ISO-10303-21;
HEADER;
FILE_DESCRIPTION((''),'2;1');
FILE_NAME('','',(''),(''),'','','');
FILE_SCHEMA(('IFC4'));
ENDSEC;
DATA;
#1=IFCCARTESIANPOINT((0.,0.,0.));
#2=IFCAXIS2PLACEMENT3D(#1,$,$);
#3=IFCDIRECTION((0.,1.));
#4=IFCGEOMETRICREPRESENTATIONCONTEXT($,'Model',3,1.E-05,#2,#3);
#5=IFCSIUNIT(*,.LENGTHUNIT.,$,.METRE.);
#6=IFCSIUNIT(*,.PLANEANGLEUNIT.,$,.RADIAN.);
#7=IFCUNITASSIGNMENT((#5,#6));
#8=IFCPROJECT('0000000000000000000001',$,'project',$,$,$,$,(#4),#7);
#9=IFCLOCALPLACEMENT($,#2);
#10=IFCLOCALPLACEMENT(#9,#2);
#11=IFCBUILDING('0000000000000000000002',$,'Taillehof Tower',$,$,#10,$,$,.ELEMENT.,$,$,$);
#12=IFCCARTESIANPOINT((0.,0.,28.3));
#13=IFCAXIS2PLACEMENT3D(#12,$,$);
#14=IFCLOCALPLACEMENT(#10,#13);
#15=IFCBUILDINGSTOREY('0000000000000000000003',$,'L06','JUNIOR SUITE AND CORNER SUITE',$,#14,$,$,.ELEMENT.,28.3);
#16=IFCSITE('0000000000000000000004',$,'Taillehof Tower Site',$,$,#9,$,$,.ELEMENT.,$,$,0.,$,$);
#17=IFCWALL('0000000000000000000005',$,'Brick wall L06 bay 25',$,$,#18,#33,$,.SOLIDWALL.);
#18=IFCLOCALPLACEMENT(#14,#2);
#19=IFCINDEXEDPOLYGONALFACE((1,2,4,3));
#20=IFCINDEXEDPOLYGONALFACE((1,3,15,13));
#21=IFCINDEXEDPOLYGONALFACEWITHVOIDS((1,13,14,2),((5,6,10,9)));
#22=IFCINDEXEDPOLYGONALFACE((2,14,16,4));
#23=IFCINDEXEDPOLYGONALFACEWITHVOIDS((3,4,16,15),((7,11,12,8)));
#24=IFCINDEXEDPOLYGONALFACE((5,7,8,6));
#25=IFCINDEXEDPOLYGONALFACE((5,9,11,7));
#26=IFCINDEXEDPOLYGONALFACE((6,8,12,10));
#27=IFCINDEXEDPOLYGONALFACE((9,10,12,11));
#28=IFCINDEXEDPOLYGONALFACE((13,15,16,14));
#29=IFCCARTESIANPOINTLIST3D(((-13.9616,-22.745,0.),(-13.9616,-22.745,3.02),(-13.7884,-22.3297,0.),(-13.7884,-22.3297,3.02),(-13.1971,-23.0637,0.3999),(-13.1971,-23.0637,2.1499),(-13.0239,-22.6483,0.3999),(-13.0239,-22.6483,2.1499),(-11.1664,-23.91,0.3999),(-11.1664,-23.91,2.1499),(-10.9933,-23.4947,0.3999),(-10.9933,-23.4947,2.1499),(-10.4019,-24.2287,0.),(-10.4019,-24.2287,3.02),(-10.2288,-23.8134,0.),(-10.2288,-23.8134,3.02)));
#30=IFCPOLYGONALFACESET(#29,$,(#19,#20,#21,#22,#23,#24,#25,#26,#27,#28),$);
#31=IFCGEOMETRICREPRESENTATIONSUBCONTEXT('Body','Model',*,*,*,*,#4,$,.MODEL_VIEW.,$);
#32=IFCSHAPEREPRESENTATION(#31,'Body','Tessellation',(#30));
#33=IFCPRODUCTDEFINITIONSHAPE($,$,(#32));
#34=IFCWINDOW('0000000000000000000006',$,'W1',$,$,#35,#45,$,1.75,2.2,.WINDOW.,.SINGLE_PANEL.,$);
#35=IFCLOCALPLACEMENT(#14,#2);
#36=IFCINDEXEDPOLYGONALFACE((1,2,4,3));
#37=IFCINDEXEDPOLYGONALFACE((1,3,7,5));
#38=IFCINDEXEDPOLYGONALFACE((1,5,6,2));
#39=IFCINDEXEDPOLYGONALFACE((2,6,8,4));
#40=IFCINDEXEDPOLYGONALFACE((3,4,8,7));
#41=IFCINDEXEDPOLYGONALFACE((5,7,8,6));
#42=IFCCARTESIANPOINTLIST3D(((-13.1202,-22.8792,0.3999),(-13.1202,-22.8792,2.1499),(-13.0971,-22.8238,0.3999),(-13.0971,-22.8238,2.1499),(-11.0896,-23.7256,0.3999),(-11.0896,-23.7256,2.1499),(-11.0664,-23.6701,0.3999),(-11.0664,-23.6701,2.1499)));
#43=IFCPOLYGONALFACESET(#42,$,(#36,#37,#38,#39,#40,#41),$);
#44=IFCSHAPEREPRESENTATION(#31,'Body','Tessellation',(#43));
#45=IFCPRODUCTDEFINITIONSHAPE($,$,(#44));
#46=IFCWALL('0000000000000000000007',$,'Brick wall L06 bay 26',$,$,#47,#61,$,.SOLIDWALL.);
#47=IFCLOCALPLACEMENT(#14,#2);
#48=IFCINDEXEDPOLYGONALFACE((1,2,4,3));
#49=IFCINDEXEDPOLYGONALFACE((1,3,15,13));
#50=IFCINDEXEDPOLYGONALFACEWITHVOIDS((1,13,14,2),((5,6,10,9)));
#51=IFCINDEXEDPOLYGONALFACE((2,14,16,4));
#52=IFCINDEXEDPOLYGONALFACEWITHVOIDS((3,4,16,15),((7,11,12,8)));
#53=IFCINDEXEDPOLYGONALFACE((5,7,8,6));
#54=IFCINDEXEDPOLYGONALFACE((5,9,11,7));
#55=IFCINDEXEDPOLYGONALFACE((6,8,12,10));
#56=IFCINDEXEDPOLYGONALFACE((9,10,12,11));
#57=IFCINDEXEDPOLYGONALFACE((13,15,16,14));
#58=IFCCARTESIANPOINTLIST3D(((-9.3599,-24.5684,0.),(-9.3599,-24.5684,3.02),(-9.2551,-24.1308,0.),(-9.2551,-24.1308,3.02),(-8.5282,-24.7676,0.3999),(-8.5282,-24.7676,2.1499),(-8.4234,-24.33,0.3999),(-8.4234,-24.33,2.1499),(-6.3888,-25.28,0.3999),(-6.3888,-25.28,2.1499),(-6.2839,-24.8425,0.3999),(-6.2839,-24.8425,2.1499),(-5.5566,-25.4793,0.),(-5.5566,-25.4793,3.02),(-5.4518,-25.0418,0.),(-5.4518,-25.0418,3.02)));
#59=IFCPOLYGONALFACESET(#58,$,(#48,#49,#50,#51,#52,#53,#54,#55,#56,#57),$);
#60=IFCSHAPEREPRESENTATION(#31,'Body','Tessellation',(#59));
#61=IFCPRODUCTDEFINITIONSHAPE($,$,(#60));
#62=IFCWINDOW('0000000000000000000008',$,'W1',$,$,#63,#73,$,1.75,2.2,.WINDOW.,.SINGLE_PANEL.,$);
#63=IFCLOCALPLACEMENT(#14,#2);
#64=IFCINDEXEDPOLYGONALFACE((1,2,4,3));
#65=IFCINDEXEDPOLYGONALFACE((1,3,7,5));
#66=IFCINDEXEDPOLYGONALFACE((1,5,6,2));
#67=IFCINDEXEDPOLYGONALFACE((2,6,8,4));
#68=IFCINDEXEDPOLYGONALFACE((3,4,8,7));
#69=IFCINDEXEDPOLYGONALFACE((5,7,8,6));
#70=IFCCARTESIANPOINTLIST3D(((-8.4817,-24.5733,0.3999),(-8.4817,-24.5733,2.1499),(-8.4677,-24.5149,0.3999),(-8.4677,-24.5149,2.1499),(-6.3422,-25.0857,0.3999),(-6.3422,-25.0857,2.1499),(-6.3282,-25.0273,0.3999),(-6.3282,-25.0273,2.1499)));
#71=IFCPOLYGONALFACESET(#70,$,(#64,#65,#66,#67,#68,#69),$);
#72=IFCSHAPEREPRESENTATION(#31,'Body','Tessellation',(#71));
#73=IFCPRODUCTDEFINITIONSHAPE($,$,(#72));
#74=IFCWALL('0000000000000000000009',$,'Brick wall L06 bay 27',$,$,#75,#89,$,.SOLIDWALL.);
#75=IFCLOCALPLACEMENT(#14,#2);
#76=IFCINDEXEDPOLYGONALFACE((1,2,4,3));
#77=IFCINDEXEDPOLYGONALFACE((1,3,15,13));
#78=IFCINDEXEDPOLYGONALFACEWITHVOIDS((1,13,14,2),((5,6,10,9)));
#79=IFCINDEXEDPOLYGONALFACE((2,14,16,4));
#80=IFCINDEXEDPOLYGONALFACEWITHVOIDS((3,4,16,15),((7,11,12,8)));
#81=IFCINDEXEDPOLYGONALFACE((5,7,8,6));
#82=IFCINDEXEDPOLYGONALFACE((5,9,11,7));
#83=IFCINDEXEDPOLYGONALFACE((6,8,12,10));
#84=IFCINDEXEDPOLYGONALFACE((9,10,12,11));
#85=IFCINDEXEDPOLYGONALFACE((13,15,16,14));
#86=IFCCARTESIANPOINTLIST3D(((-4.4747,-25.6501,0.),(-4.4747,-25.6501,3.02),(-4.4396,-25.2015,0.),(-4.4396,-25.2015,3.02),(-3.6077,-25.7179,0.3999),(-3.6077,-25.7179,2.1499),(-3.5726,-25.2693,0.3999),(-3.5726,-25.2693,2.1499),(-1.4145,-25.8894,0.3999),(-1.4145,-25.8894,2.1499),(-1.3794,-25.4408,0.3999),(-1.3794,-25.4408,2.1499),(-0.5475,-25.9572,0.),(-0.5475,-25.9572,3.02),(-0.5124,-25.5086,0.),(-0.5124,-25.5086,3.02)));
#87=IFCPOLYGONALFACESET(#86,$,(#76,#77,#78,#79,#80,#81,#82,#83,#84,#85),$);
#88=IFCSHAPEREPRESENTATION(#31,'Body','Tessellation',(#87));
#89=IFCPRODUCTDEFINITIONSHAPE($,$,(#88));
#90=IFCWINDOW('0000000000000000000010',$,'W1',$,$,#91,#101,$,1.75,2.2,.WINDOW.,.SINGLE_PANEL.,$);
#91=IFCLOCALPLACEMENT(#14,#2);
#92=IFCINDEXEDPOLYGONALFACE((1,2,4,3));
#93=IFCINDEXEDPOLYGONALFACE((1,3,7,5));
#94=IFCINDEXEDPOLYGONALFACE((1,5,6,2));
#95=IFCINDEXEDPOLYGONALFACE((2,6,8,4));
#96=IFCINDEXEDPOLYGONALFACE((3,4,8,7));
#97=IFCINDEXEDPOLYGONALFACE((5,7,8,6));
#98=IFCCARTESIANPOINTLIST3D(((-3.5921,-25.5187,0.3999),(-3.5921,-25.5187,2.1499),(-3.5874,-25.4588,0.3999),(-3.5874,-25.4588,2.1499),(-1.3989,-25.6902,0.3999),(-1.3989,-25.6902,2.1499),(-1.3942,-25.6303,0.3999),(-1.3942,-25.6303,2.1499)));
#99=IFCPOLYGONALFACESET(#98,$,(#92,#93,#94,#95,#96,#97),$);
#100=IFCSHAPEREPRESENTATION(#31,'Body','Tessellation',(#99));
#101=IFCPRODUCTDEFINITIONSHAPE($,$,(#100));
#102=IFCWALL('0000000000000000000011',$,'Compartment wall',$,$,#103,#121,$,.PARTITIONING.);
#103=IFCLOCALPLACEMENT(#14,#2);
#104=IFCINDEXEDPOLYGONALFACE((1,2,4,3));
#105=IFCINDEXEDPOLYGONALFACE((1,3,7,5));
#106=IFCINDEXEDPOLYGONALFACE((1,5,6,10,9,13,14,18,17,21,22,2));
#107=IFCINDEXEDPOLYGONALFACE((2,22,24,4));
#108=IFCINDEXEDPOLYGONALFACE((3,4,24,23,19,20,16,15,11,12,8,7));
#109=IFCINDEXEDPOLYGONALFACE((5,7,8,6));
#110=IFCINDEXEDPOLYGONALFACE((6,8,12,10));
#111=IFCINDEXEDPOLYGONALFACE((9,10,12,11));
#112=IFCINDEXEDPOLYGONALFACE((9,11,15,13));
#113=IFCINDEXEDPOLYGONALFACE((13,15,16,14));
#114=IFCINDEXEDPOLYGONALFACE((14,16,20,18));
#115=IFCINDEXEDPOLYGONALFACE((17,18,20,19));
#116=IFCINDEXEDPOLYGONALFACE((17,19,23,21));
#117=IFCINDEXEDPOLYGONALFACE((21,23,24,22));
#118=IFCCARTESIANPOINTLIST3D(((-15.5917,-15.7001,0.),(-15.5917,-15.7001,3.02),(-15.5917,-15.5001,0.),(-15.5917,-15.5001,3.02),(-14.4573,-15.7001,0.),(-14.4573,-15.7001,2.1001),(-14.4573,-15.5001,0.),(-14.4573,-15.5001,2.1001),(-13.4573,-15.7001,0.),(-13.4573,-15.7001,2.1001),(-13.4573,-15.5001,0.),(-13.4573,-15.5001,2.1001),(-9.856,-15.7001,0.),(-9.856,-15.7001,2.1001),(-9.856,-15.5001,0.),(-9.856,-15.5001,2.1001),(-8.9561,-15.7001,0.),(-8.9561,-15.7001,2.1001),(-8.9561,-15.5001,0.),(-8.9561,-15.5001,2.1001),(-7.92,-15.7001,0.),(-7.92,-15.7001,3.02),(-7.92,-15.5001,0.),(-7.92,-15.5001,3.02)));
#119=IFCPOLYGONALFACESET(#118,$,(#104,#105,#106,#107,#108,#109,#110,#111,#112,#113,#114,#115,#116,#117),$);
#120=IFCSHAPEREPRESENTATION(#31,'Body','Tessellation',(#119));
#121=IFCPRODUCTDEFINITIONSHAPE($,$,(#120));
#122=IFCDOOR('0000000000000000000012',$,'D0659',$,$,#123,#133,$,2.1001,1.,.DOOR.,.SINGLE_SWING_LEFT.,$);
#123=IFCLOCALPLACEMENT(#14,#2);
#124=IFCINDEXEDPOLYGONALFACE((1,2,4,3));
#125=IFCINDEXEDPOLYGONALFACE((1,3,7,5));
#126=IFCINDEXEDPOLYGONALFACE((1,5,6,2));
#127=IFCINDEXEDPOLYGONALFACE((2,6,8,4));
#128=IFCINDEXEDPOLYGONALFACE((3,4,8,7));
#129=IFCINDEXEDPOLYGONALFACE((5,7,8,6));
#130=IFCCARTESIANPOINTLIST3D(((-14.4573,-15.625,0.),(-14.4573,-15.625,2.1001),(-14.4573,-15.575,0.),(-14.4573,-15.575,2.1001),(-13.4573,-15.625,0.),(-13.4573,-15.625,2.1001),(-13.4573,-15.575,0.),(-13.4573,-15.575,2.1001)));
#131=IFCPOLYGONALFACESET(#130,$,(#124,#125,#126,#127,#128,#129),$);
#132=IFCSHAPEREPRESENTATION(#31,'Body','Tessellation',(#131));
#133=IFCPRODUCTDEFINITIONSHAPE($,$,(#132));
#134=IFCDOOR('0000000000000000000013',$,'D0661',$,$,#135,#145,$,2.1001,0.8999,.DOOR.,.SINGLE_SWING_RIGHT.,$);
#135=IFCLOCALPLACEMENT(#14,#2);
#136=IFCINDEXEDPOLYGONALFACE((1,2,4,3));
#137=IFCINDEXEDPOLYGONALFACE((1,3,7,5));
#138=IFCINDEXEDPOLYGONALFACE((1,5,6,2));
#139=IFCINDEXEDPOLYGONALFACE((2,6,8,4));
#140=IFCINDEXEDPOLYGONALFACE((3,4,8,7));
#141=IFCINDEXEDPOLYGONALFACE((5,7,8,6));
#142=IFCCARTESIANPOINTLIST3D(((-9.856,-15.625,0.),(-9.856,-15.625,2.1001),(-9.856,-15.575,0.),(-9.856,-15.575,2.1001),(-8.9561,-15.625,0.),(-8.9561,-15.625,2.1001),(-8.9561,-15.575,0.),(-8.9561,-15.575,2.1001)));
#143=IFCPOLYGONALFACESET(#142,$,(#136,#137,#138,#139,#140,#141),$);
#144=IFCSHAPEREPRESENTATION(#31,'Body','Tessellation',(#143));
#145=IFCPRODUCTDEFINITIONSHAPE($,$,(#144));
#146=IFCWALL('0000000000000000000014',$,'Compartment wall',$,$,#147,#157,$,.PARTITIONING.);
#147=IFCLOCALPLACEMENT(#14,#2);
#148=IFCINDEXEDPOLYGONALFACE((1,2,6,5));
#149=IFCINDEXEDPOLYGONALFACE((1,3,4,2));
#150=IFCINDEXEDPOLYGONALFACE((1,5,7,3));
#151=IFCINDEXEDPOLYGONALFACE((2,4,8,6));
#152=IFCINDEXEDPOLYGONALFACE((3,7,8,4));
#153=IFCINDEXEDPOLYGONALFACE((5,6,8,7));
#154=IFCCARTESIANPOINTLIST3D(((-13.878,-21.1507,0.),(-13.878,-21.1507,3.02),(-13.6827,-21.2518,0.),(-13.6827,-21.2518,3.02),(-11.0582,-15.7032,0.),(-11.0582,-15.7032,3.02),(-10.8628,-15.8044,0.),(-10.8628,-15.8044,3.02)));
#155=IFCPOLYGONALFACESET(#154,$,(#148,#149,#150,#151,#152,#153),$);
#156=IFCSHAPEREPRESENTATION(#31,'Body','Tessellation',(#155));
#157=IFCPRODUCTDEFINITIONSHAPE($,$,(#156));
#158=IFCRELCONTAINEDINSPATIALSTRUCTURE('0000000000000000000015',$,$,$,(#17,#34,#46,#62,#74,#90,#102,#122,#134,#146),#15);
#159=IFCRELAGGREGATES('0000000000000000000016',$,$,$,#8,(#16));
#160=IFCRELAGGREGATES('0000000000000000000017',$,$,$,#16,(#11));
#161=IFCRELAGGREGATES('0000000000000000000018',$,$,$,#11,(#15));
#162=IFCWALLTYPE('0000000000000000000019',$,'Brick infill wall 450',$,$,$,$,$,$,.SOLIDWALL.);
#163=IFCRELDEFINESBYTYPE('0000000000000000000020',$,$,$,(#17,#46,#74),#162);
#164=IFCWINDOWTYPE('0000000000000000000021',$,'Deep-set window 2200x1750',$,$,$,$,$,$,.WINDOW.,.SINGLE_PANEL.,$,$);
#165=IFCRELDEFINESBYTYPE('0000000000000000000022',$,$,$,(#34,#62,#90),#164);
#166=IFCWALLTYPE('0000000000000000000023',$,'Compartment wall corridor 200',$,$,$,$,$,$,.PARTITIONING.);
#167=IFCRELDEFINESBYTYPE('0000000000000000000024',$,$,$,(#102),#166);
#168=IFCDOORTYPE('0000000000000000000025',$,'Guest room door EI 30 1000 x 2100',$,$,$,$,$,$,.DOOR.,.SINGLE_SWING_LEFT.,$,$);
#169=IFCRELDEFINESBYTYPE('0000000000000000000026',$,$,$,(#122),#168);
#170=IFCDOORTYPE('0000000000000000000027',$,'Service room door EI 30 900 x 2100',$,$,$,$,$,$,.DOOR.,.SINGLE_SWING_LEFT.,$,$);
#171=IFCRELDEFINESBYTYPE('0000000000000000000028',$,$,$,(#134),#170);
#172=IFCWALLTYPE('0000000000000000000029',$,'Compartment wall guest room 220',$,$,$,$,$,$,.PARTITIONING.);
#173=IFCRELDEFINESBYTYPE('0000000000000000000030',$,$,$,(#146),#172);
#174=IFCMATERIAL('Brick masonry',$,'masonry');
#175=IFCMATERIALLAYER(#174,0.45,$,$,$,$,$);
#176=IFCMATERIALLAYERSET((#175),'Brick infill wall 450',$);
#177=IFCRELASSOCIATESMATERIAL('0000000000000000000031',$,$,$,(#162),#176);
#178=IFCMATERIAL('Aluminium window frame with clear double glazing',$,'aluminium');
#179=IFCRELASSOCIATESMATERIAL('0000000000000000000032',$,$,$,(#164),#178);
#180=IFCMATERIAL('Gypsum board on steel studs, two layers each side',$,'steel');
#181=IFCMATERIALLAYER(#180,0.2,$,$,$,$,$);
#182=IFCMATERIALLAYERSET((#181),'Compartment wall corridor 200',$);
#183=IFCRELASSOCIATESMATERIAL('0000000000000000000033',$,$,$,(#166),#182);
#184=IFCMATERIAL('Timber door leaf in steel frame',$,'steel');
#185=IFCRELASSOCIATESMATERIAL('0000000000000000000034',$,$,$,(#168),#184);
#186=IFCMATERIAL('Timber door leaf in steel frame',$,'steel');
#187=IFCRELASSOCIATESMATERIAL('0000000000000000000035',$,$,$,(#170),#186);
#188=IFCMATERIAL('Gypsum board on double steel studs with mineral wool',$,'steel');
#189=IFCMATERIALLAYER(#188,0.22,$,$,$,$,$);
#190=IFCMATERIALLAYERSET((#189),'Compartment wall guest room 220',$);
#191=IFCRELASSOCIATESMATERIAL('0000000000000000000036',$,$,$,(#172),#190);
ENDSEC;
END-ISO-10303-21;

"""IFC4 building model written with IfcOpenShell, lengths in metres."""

from ifc_helpers import new_model, si_unit, direction, frame, frame_2d, origin, place, context, subcontext, project, spatial, rectangle, extrude, material, layer, layer_set, type_object, element, fill, save


model = new_model("IFC4")

# Units and contexts
model_context = context("Model", 3, precision=1e-05, world=origin(), true_north=direction((0.0, 1.0)))
body_context = subcontext(model_context, "Body", "Model", "MODEL_VIEW")
ifc_project = project(units=[si_unit("LENGTHUNIT", "METRE"), si_unit("PLANEANGLEUNIT", "RADIAN")], contexts=[model_context])

# Site, building, storey
site_placement = place(None, origin())
site = spatial("IfcSite", under=ifc_project, at=site_placement, Name="Taillehof Tower Site", CompositionType="ELEMENT", RefElevation=0.0)
building_placement = place(site_placement, origin())
building = spatial("IfcBuilding", under=site, at=building_placement, Name="Taillehof Tower", CompositionType="ELEMENT")
storey_placement = place(building_placement, frame((0.0, 0.0, 28.3)))
storey = spatial("IfcBuildingStorey", under=building, at=storey_placement, Name="L06", Description="JUNIOR SUITE AND CORNER SUITE", CompositionType="ELEMENT", Elevation=28.3)

# Walls, openings, windows
ifc_material_1 = material(Name="Brick masonry", Category="masonry")
ifc_layer_1 = layer(ifc_material_1, 0.45)
ifc_layer_set_1 = layer_set([ifc_layer_1], Name="Brick infill wall 450")
wall_type_1 = type_object("IfcWallType", Name="Brick infill wall 450", PredefinedType="SOLIDWALL", material=ifc_layer_set_1)
wall_1_placement = place(storey_placement, frame((-13.875, -22.5374, 0.0), z_axis=(0.0, 0.0, 1.0), x_axis=(0.923032, -0.384723, 0.0)))
wall_1 = element("IfcWall", 1, at=wall_1_placement, inside=storey, type_object=wall_type_1, Name="Brick wall L06 bay 25", PredefinedType="SOLIDWALL", context=body_context, shape_type="SweptSolid", body=[
    extrude(rectangle(XDim=3.8564, YDim=0.45, at=frame_2d((1.9282, 0.0))), origin(), (0.0, 0.0, 1.0), 3.02),
])
opening_1_placement = place(wall_1_placement, frame((0.8281, 0.0, 0.3999)))
opening_1 = element("IfcOpeningElement", 2, at=opening_1_placement, cuts=wall_1, PredefinedType="OPENING", context=body_context, shape_type="SweptSolid", body=[
    extrude(rectangle(XDim=2.2, YDim=1.75, at=frame_2d((1.1001, 0.875))), frame((0.0, 0.2349, 0.0), z_axis=(0.0, -1.0, 0.0), x_axis=(1.0, 0.0, 0.0)), (0.0, 0.0, 1.0), 0.47),
])
ifc_material_2 = material(Name="Aluminium window frame with clear double glazing", Category="aluminium")
window_type = type_object("IfcWindowType", Name="Deep-set window 2200x1750", PartitioningType="SINGLE_PANEL", PredefinedType="WINDOW", material=ifc_material_2)
window_1_placement = place(opening_1_placement, origin())
window_1 = element("IfcWindow", 3, at=window_1_placement, inside=storey, type_object=window_type, Name="W1", OverallHeight=1.75, OverallWidth=2.2, PartitioningType="SINGLE_PANEL", PredefinedType="WINDOW", context=body_context, shape_type="SweptSolid", body=[
    extrude(rectangle(XDim=2.2, YDim=1.75, at=frame_2d((1.1001, 0.875))), frame((0.0, 0.0349, 0.0), z_axis=(0.0, -1.0, 0.0), x_axis=(1.0, 0.0, 0.0)), (0.0, 0.0, 1.0), 0.0601),
])
fill(opening_1, window_1)
wall_2_placement = place(storey_placement, frame((-9.3076, -24.3496, 0.0), z_axis=(0.0, 0.0, 1.0), x_axis=(0.972497, -0.232917, 0.0)))
wall_2 = element("IfcWall", 4, at=wall_2_placement, inside=storey, type_object=wall_type_1, Name="Brick wall L06 bay 26", PredefinedType="SOLIDWALL", context=body_context, shape_type="SweptSolid", body=[
    extrude(rectangle(XDim=3.9109, YDim=0.45, at=frame_2d((1.9556, 0.0))), origin(), (0.0, 0.0, 1.0), 3.02),
])
opening_2_placement = place(wall_2_placement, frame((0.8552, 0.0, 0.3999)))
opening_2 = element("IfcOpeningElement", 5, at=opening_2_placement, cuts=wall_2, PredefinedType="OPENING", context=body_context, shape_type="SweptSolid", body=[
    extrude(rectangle(XDim=2.2, YDim=1.75, at=frame_2d((1.1001, 0.875))), frame((0.0, 0.2349, 0.0), z_axis=(0.0, -1.0, 0.0), x_axis=(1.0, 0.0, 0.0)), (0.0, 0.0, 1.0), 0.47),
])
window_2_placement = place(opening_2_placement, origin())
window_2 = element("IfcWindow", 6, at=window_2_placement, inside=storey, type_object=window_type, Name="W1", OverallHeight=1.75, OverallWidth=2.2, PartitioningType="SINGLE_PANEL", PredefinedType="WINDOW", context=body_context, shape_type="SweptSolid", body=[
    extrude(rectangle(XDim=2.2, YDim=1.75, at=frame_2d((1.1001, 0.875))), frame((0.0, 0.0349, 0.0), z_axis=(0.0, -1.0, 0.0), x_axis=(1.0, 0.0, 0.0)), (0.0, 0.0, 1.0), 0.0601),
])
fill(opening_2, window_2)
wall_3_placement = place(storey_placement, frame((-4.4573, -25.4258, 0.0), z_axis=(0.0, 0.0, 1.0), x_axis=(0.996956, -0.077967, 0.0)))
wall_3 = element("IfcWall", 7, at=wall_3_placement, inside=storey, type_object=wall_type_1, Name="Brick wall L06 bay 27", PredefinedType="SOLIDWALL", context=body_context, shape_type="SweptSolid", body=[
    extrude(rectangle(XDim=3.9392, YDim=0.45, at=frame_2d((1.9697, 0.0))), origin(), (0.0, 0.0, 1.0), 3.02),
])
opening_3_placement = place(wall_3_placement, frame((0.8696, 0.0, 0.3999)))
opening_3 = element("IfcOpeningElement", 8, at=opening_3_placement, cuts=wall_3, PredefinedType="OPENING", context=body_context, shape_type="SweptSolid", body=[
    extrude(rectangle(XDim=2.2, YDim=1.75, at=frame_2d((1.1001, 0.875))), frame((0.0, 0.2349, 0.0), z_axis=(0.0, -1.0, 0.0), x_axis=(1.0, 0.0, 0.0)), (0.0, 0.0, 1.0), 0.47),
])
window_3_placement = place(opening_3_placement, origin())
window_3 = element("IfcWindow", 9, at=window_3_placement, inside=storey, type_object=window_type, Name="W1", OverallHeight=1.75, OverallWidth=2.2, PartitioningType="SINGLE_PANEL", PredefinedType="WINDOW", context=body_context, shape_type="SweptSolid", body=[
    extrude(rectangle(XDim=2.2, YDim=1.75, at=frame_2d((1.1001, 0.875))), frame((0.0, 0.0349, 0.0), z_axis=(0.0, -1.0, 0.0), x_axis=(1.0, 0.0, 0.0)), (0.0, 0.0, 1.0), 0.0601),
])
fill(opening_3, window_3)

# Wall, openings, doors
ifc_material_3 = material(Name="Gypsum board on steel studs, two layers each side", Category="steel")
ifc_layer_2 = layer(ifc_material_3, 0.2)
ifc_layer_set_2 = layer_set([ifc_layer_2], Name="Compartment wall corridor 200")
wall_type_2 = type_object("IfcWallType", Name="Compartment wall corridor 200", PredefinedType="PARTITIONING", material=ifc_layer_set_2)
wall_4_placement = place(storey_placement, frame((-7.9199, -15.6001, 0.0), z_axis=(0.0, 0.0, 1.0), x_axis=(-1.0, 0.0, 0.0)))
wall_4 = element("IfcWall", 10, at=wall_4_placement, inside=storey, type_object=wall_type_2, Name="Compartment wall", PredefinedType="PARTITIONING", context=body_context, shape_type="SweptSolid", body=[
    extrude(rectangle(XDim=7.6716, YDim=0.2, at=frame_2d((3.8359, 0.0))), origin(), (0.0, 0.0, 1.0), 3.02),
])
opening_4_placement = place(wall_4_placement, frame((5.5374, 0.0, 0.0)))
opening_4 = element("IfcOpeningElement", 11, at=opening_4_placement, cuts=wall_4, PredefinedType="OPENING", context=body_context, shape_type="SweptSolid", body=[
    extrude(rectangle(XDim=1.0, YDim=2.1001, at=frame_2d((0.5, 1.05))), frame((0.0, 0.1099, 0.0), z_axis=(0.0, -1.0, 0.0), x_axis=(1.0, 0.0, 0.0)), (0.0, 0.0, 1.0), 0.22),
])
opening_5_placement = place(wall_4_placement, frame((1.0361, 0.0, 0.0)))
opening_5 = element("IfcOpeningElement", 12, at=opening_5_placement, cuts=wall_4, PredefinedType="OPENING", context=body_context, shape_type="SweptSolid", body=[
    extrude(rectangle(XDim=0.8999, YDim=2.1001, at=frame_2d((0.45, 1.05))), frame((0.0, 0.1099, 0.0), z_axis=(0.0, -1.0, 0.0), x_axis=(1.0, 0.0, 0.0)), (0.0, 0.0, 1.0), 0.22),
])
ifc_material_4 = material(Name="Timber door leaf in steel frame", Category="steel")
door_type_1 = type_object("IfcDoorType", Name="Guest room door EI 30 1000 x 2100", OperationType="SINGLE_SWING_LEFT", PredefinedType="DOOR", material=ifc_material_4)
door_1_placement = place(opening_4_placement, origin())
door_1 = element("IfcDoor", 13, at=door_1_placement, inside=storey, type_object=door_type_1, Name="D0659", OperationType="SINGLE_SWING_LEFT", OverallHeight=2.1001, OverallWidth=1.0, PredefinedType="DOOR", context=body_context, shape_type="SweptSolid", body=[
    extrude(rectangle(XDim=1.0, YDim=2.1001, at=frame_2d((0.5, 1.05))), frame((0.0, 0.0249, 0.0), z_axis=(0.0, -1.0, 0.0), x_axis=(1.0, 0.0, 0.0)), (0.0, 0.0, 1.0), 0.05),
])
fill(opening_4, door_1)
ifc_material_5 = material(Name="Timber door leaf in steel frame", Category="steel")
door_type_2 = type_object("IfcDoorType", Name="Service room door EI 30 900 x 2100", OperationType="SINGLE_SWING_LEFT", PredefinedType="DOOR", material=ifc_material_5)
door_2_placement = place(opening_5_placement, origin())
door_2 = element("IfcDoor", 14, at=door_2_placement, inside=storey, type_object=door_type_2, Name="D0661", OperationType="SINGLE_SWING_RIGHT", OverallHeight=2.1001, OverallWidth=0.8999, PredefinedType="DOOR", context=body_context, shape_type="SweptSolid", body=[
    extrude(rectangle(XDim=0.8999, YDim=2.1001, at=frame_2d((0.45, 1.05))), frame((0.0, 0.0249, 0.0), z_axis=(0.0, -1.0, 0.0), x_axis=(1.0, 0.0, 0.0)), (0.0, 0.0, 1.0), 0.05),
])
fill(opening_5, door_2)

# Wall
ifc_material_6 = material(Name="Gypsum board on double steel studs with mineral wool", Category="steel")
ifc_layer_3 = layer(ifc_material_6, 0.22)
ifc_layer_set_3 = layer_set([ifc_layer_3], Name="Compartment wall guest room 220")
wall_type_3 = type_object("IfcWallType", Name="Compartment wall guest room 220", PredefinedType="PARTITIONING", material=ifc_layer_set_3)
wall_5_placement = place(storey_placement, frame((-13.7803, -21.2012, 0.0), z_axis=(0.0, 0.0, 1.0), x_axis=(0.459699, 0.888075, 0.0)))
element("IfcWall", 15, at=wall_5_placement, inside=storey, type_object=wall_type_3, Name="Compartment wall", PredefinedType="PARTITIONING", context=body_context, shape_type="SweptSolid", body=[
    extrude(rectangle(XDim=6.134, YDim=0.22, at=frame_2d((3.0669, 0.0))), origin(), (0.0, 0.0, 1.0), 3.02),
])

save(model, "model.ifc")
